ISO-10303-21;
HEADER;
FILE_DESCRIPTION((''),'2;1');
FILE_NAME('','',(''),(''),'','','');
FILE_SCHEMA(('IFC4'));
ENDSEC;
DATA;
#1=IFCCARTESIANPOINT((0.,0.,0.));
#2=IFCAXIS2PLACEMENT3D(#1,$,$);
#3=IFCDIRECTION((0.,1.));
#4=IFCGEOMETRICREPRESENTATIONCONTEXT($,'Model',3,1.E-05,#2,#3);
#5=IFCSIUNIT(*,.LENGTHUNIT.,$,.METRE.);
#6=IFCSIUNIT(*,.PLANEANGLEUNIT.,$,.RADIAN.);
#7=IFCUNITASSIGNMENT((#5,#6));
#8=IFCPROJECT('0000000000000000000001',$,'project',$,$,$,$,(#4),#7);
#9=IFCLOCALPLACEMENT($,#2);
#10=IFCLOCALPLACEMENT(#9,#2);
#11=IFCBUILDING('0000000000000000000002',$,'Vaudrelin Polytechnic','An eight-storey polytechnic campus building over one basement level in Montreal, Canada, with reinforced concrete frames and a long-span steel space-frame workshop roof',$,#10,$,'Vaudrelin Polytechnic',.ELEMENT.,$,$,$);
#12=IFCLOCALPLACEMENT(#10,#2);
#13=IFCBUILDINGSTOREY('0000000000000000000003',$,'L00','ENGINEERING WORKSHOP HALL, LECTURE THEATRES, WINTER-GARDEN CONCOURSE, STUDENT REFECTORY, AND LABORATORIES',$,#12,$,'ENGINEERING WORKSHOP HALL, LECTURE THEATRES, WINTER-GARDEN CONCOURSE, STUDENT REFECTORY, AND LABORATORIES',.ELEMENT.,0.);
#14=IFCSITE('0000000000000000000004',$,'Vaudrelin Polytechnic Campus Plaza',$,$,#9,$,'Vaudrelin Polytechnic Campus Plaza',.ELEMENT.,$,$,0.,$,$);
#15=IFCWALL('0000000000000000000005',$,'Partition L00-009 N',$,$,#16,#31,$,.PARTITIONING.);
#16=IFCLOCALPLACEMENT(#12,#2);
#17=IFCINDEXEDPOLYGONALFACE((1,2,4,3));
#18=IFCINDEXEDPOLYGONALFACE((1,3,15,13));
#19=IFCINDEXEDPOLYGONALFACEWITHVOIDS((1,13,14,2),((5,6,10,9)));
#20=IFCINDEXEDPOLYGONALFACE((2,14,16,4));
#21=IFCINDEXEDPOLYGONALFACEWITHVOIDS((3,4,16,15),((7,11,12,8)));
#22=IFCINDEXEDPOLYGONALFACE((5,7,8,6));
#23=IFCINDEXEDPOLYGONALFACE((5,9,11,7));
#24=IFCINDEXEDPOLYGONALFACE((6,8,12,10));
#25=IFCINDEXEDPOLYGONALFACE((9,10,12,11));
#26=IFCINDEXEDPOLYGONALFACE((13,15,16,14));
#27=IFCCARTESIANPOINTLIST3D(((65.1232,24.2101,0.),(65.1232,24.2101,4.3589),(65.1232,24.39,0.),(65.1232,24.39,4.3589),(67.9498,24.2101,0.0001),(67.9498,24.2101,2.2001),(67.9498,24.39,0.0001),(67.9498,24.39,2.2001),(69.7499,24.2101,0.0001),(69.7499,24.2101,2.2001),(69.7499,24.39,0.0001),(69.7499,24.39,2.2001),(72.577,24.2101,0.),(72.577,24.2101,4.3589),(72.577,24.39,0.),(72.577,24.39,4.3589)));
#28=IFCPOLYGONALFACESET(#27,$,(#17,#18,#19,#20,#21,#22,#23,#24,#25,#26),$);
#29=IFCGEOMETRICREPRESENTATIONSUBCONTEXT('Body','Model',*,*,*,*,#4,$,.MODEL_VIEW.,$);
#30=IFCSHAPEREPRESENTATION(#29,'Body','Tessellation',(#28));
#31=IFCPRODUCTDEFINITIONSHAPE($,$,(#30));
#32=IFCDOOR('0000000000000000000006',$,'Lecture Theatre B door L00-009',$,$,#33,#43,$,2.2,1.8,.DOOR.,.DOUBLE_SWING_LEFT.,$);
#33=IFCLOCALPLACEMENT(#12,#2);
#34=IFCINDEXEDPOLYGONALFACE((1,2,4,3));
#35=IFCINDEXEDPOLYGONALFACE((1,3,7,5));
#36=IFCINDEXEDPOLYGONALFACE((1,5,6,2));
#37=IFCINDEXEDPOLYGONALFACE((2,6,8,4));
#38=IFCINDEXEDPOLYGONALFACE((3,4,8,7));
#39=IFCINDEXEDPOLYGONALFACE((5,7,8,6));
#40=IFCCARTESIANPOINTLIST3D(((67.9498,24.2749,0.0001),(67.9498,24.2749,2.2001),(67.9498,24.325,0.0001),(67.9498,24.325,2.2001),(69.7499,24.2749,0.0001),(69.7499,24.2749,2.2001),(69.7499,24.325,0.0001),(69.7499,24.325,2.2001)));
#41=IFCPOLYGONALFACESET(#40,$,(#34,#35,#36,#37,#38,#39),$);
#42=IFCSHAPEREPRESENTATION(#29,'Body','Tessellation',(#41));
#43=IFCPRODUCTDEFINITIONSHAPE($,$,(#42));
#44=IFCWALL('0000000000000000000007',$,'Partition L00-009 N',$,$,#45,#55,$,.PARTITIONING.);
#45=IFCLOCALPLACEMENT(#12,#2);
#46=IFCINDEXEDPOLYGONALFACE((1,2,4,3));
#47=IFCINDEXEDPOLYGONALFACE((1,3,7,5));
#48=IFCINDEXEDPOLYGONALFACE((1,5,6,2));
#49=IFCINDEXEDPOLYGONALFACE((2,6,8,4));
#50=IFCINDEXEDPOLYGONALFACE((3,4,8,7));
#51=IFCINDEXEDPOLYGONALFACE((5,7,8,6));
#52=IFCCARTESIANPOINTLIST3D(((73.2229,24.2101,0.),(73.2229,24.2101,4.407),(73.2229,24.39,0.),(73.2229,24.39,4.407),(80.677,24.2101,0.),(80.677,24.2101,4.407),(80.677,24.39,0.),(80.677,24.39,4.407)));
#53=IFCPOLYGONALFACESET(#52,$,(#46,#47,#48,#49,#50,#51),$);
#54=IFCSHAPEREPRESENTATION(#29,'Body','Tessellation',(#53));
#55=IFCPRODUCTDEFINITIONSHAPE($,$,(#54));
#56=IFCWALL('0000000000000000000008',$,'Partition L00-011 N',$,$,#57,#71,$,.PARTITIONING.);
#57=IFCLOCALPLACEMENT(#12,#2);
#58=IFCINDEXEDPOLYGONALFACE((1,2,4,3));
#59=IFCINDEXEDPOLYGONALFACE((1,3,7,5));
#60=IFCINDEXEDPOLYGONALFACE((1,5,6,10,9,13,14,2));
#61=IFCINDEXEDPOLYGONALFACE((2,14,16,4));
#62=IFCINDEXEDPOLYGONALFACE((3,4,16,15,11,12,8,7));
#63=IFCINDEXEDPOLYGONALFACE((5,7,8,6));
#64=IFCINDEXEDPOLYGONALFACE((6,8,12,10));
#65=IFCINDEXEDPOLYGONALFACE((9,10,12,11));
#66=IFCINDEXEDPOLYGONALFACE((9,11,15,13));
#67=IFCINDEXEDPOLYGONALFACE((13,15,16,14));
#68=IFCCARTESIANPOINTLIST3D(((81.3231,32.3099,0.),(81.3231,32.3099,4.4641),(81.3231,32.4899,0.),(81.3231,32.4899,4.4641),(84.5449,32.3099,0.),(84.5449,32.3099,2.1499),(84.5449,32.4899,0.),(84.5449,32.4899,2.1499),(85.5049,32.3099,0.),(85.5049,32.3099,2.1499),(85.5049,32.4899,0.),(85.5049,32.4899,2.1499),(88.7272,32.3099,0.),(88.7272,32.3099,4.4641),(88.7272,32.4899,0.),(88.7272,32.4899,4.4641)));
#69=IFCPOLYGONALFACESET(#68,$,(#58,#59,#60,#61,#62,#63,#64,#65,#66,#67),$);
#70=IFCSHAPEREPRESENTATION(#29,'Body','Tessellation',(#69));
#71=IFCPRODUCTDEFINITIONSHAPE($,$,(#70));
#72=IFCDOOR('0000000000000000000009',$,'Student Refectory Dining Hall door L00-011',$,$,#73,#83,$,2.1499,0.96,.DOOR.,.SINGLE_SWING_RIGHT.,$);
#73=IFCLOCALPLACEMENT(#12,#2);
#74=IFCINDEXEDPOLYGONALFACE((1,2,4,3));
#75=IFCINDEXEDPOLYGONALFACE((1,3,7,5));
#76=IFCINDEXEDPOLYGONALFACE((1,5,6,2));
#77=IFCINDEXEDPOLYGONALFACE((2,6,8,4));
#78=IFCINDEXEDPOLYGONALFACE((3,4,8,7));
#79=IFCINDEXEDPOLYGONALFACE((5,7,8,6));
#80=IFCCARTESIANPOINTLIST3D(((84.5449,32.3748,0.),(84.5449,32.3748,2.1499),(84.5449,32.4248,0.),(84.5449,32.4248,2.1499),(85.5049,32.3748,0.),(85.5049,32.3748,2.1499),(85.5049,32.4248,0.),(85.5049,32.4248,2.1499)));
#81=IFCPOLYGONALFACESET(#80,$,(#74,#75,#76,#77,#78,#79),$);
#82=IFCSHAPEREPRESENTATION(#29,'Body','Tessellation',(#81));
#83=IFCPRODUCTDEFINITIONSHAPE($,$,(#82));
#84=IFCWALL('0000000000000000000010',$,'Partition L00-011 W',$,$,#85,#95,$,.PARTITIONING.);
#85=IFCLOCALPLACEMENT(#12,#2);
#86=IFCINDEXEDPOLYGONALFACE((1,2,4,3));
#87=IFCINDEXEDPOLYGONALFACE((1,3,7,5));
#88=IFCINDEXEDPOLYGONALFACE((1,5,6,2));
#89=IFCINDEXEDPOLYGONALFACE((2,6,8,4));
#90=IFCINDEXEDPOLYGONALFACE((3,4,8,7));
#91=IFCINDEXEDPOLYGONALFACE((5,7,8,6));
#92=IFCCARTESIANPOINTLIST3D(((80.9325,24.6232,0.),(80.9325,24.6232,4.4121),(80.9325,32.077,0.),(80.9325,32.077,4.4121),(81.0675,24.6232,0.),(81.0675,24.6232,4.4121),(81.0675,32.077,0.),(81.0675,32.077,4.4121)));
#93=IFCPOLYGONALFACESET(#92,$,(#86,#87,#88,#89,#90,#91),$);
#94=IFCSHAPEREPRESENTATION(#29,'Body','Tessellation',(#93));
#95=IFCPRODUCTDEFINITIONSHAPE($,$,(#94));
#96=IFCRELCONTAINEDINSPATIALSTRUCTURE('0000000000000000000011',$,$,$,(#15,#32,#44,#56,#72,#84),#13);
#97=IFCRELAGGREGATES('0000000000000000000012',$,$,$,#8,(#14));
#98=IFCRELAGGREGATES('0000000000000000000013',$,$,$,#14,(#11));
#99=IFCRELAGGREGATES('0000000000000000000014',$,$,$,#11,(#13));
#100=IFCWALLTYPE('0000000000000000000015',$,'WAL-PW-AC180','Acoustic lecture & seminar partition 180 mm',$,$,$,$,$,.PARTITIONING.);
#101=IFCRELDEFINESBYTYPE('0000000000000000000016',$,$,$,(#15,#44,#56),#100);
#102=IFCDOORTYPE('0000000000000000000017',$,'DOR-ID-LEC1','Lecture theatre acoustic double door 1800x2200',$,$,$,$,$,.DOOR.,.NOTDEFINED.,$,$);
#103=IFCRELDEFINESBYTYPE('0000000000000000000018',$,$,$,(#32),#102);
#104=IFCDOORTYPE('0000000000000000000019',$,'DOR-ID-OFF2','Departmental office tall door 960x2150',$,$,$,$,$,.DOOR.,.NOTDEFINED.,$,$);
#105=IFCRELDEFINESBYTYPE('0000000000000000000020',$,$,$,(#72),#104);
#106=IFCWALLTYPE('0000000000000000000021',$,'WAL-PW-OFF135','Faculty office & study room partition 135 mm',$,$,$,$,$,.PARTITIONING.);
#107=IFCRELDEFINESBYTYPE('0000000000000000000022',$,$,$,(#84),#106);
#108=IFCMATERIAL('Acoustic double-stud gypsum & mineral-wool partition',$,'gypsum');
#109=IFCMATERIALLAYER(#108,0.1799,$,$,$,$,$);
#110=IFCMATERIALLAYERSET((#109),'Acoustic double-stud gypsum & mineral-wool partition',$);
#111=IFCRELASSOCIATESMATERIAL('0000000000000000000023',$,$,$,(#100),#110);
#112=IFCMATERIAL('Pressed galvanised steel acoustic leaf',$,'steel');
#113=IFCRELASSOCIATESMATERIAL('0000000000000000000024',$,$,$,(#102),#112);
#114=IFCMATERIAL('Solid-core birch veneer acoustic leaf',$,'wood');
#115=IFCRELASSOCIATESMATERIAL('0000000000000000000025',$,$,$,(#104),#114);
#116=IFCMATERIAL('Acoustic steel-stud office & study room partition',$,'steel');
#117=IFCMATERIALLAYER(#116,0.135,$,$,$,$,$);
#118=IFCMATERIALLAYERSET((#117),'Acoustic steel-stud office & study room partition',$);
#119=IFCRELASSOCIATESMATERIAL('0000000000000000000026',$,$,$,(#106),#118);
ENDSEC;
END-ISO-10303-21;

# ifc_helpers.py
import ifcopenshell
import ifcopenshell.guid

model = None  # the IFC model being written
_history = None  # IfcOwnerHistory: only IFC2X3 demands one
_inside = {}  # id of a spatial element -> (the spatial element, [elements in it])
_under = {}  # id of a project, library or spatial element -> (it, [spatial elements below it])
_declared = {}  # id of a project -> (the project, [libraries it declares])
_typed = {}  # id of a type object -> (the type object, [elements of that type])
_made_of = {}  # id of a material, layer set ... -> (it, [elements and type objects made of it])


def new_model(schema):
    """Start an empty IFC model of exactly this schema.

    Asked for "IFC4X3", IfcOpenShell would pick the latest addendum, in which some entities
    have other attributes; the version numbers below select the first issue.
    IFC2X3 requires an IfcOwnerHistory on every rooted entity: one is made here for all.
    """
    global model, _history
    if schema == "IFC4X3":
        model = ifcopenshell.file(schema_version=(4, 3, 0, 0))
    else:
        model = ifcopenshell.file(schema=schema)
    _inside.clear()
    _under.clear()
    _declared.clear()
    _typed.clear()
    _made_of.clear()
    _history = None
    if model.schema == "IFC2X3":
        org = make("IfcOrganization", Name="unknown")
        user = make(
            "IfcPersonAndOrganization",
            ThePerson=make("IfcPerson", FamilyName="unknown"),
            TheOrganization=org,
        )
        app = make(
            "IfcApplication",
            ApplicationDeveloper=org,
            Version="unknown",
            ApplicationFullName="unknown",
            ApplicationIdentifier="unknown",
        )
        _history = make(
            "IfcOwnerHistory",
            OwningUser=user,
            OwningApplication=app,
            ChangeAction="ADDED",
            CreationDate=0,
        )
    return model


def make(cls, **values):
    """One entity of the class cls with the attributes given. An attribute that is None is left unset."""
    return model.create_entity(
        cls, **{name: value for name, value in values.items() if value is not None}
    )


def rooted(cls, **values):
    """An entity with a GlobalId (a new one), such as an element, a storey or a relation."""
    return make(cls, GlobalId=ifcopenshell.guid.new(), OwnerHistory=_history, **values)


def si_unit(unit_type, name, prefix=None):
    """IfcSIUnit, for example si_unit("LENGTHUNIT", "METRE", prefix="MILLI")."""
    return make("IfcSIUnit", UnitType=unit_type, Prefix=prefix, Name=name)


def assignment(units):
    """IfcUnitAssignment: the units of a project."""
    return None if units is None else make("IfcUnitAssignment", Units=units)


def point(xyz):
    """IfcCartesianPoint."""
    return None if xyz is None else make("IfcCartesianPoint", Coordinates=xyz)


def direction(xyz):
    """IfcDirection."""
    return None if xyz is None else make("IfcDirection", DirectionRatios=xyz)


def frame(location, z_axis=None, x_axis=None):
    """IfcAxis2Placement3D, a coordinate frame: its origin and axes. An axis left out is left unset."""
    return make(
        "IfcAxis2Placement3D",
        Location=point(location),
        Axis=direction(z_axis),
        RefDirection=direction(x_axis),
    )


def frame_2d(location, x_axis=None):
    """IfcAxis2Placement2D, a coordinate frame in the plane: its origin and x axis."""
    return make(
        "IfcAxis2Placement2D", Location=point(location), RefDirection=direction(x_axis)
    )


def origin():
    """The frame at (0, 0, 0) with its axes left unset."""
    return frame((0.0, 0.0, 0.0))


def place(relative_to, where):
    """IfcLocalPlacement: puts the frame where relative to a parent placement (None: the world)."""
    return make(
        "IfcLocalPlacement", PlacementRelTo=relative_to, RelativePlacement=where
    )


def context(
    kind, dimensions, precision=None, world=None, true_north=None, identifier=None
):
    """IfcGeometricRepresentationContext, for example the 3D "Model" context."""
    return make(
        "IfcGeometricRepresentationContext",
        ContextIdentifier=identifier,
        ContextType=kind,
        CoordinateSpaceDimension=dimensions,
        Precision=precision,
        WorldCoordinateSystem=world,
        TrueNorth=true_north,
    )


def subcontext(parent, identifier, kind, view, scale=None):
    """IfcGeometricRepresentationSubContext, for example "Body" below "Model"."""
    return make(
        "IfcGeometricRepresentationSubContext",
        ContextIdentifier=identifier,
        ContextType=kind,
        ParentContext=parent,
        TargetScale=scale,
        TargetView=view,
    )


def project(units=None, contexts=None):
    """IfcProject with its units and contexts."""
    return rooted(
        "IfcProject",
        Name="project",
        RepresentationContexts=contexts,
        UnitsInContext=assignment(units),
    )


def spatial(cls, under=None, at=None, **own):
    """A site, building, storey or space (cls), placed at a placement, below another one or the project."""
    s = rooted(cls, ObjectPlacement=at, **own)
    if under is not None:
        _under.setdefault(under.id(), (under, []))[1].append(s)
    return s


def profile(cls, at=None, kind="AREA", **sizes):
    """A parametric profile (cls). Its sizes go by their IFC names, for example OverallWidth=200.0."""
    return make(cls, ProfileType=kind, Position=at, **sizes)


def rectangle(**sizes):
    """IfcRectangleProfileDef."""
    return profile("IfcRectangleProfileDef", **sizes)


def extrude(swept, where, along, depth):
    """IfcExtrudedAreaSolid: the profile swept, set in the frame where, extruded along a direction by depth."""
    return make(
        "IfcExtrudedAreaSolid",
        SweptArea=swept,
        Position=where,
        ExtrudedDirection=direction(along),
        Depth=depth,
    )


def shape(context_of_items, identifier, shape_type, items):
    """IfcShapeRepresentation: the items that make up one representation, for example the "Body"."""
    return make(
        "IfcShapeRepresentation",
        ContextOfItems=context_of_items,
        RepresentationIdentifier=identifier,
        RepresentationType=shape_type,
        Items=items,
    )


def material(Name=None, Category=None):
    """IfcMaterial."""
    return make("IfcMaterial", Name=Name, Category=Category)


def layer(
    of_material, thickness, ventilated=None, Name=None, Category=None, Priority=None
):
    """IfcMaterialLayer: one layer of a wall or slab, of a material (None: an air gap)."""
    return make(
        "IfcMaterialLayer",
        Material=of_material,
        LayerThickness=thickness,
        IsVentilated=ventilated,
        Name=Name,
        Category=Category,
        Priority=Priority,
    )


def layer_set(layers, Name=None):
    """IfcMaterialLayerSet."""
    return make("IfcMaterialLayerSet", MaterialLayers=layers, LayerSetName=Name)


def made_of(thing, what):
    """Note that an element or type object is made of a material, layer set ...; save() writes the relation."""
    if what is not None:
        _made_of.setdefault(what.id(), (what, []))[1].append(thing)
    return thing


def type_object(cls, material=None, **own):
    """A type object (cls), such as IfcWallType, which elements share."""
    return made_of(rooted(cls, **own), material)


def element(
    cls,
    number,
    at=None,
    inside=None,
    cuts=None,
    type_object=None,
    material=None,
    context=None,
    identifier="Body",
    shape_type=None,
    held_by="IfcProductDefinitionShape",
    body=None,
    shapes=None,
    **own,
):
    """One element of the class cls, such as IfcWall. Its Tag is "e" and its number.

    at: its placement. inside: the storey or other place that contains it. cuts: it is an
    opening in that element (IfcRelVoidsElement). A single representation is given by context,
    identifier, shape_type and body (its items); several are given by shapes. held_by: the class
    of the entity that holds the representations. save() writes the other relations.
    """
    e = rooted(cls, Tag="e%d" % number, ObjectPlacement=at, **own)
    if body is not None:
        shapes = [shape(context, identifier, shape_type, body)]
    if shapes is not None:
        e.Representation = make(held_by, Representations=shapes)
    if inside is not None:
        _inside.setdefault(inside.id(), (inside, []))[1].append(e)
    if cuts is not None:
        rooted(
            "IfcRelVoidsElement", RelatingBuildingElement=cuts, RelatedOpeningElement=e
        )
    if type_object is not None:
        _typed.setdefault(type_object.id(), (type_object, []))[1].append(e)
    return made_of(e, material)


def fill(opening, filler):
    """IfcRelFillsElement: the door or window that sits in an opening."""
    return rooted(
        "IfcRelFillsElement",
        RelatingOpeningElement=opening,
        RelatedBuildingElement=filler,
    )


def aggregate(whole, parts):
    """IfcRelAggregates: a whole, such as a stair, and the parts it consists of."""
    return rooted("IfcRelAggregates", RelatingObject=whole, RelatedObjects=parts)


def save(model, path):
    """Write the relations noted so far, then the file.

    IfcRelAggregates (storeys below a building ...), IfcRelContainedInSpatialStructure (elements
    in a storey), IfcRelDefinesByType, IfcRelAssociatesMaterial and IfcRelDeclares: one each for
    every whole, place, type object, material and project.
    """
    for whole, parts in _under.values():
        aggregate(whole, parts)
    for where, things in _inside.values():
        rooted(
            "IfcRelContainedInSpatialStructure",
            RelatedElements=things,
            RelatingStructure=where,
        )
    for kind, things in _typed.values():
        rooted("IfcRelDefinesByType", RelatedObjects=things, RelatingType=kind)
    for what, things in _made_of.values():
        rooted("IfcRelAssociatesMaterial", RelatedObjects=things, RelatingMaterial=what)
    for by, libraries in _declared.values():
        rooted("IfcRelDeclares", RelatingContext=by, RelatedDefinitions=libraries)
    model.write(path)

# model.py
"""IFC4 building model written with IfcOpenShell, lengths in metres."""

from ifc_helpers import new_model, si_unit, direction, frame, frame_2d, origin, place, context, subcontext, project, spatial, rectangle, extrude, material, layer, layer_set, type_object, element, fill, save


model = new_model("IFC4")

# Units and contexts
model_context = context("Model", 3, precision=1e-05, world=origin(), true_north=direction((0.0, 1.0)))
body_context = subcontext(model_context, "Body", "Model", "MODEL_VIEW")
ifc_project = project(units=[si_unit("LENGTHUNIT", "METRE"), si_unit("PLANEANGLEUNIT", "RADIAN")], contexts=[model_context])

# Site, building, storey
site_placement = place(None, origin())
site = spatial("IfcSite", under=ifc_project, at=site_placement, Name="Vaudrelin Polytechnic Campus Plaza", LongName="Vaudrelin Polytechnic Campus Plaza", CompositionType="ELEMENT", RefElevation=0.0)
building_placement = place(site_placement, origin())
building = spatial("IfcBuilding", under=site, at=building_placement, Name="Vaudrelin Polytechnic", Description="An eight-storey polytechnic campus building over one basement level in Montreal, Canada, with reinforced concrete frames and a long-span steel space-frame workshop roof", LongName="Vaudrelin Polytechnic", CompositionType="ELEMENT")
storey_placement = place(building_placement, origin())
storey = spatial("IfcBuildingStorey", under=building, at=storey_placement, Name="L00", Description="ENGINEERING WORKSHOP HALL, LECTURE THEATRES, WINTER-GARDEN CONCOURSE, STUDENT REFECTORY, AND LABORATORIES", LongName="ENGINEERING WORKSHOP HALL, LECTURE THEATRES, WINTER-GARDEN CONCOURSE, STUDENT REFECTORY, AND LABORATORIES", CompositionType="ELEMENT", Elevation=0.0)

# Wall, opening, door
ifc_material_1 = material(Name="Acoustic double-stud gypsum & mineral-wool partition", Category="gypsum")
ifc_layer_1 = layer(ifc_material_1, 0.1799)
ifc_layer_set_1 = layer_set([ifc_layer_1], Name="Acoustic double-stud gypsum & mineral-wool partition")
wall_type_1 = type_object("IfcWallType", Name="WAL-PW-AC180", Description="Acoustic lecture & seminar partition 180 mm", PredefinedType="PARTITIONING", material=ifc_layer_set_1)
wall_1_placement = place(storey_placement, frame((65.123, 24.3, 0.0), z_axis=(0.0, 0.0, 1.0), x_axis=(1.0, 0.0, 0.0)))
wall_1 = element("IfcWall", 1, at=wall_1_placement, inside=storey, type_object=wall_type_1, Name="Partition L00-009 N", PredefinedType="PARTITIONING", context=body_context, shape_type="SweptSolid", body=[
    extrude(rectangle(XDim=7.4539, YDim=0.1799, at=frame_2d((3.7271, 0.0))), origin(), (0.0, 0.0, 1.0), 4.3589),
])
opening_1_placement = place(wall_1_placement, frame((2.8269, 0.0, 0.0)))
opening_1 = element("IfcOpeningElement", 2, at=opening_1_placement, cuts=wall_1, PredefinedType="OPENING", context=body_context, shape_type="SweptSolid", body=[
    extrude(rectangle(XDim=1.8, YDim=2.2, at=frame_2d((0.8999, 1.1001))), frame((0.0, 0.1001, 0.0), z_axis=(0.0, -1.0, 0.0), x_axis=(1.0, 0.0, 0.0)), (0.0, 0.0, 1.0), 0.2),
])
ifc_material_2 = material(Name="Pressed galvanised steel acoustic leaf", Category="steel")
door_type_1 = type_object("IfcDoorType", Name="DOR-ID-LEC1", Description="Lecture theatre acoustic double door 1800x2200", OperationType="NOTDEFINED", PredefinedType="DOOR", material=ifc_material_2)
door_1_placement = place(opening_1_placement, origin())
door_1 = element("IfcDoor", 3, at=door_1_placement, inside=storey, type_object=door_type_1, Name="Lecture Theatre B door L00-009", OperationType="DOUBLE_SWING_LEFT", OverallHeight=2.2, OverallWidth=1.8, PredefinedType="DOOR", context=body_context, shape_type="SweptSolid", body=[
    extrude(rectangle(XDim=1.8, YDim=2.2, at=frame_2d((0.8999, 1.1001))), frame((0.0, 0.0249, 0.0), z_axis=(0.0, -1.0, 0.0), x_axis=(1.0, 0.0, 0.0)), (0.0, 0.0, 1.0), 0.05),
])
fill(opening_1, door_1)

# Wall
wall_2_placement = place(storey_placement, frame((73.2229, 24.3, 0.0), z_axis=(0.0, 0.0, 1.0), x_axis=(1.0, 0.0, 0.0)))
element("IfcWall", 4, at=wall_2_placement, inside=storey, type_object=wall_type_1, Name="Partition L00-009 N", PredefinedType="PARTITIONING", context=body_context, shape_type="SweptSolid", body=[
    extrude(rectangle(XDim=7.4541, YDim=0.1799, at=frame_2d((3.7271, 0.0))), origin(), (0.0, 0.0, 1.0), 4.407),
])

# Wall, opening, door
wall_3_placement = place(storey_placement, frame((81.323, 32.3999, 0.0), z_axis=(0.0, 0.0, 1.0), x_axis=(1.0, 0.0, 0.0)))
wall_3 = element("IfcWall", 5, at=wall_3_placement, inside=storey, type_object=wall_type_1, Name="Partition L00-011 N", PredefinedType="PARTITIONING", context=body_context, shape_type="SweptSolid", body=[
    extrude(rectangle(XDim=7.4041, YDim=0.1799, at=frame_2d((3.7021, 0.0))), origin(), (0.0, 0.0, 1.0), 4.4641),
])
opening_2_placement = place(wall_3_placement, frame((3.2219, 0.0, 0.0)))
opening_2 = element("IfcOpeningElement", 6, at=opening_2_placement, cuts=wall_3, PredefinedType="OPENING", context=body_context, shape_type="SweptSolid", body=[
    extrude(rectangle(XDim=0.96, YDim=2.1499, at=frame_2d((0.48, 1.075))), frame((0.0, 0.1001, 0.0), z_axis=(0.0, -1.0, 0.0), x_axis=(1.0, 0.0, 0.0)), (0.0, 0.0, 1.0), 0.2),
])
ifc_material_3 = material(Name="Solid-core birch veneer acoustic leaf", Category="wood")
door_type_2 = type_object("IfcDoorType", Name="DOR-ID-OFF2", Description="Departmental office tall door 960x2150", OperationType="NOTDEFINED", PredefinedType="DOOR", material=ifc_material_3)
door_2_placement = place(opening_2_placement, origin())
door_2 = element("IfcDoor", 7, at=door_2_placement, inside=storey, type_object=door_type_2, Name="Student Refectory Dining Hall door L00-011", OperationType="SINGLE_SWING_RIGHT", OverallHeight=2.1499, OverallWidth=0.96, PredefinedType="DOOR", context=body_context, shape_type="SweptSolid", body=[
    extrude(rectangle(XDim=0.96, YDim=2.1499, at=frame_2d((0.48, 1.075))), frame((0.0, 0.0249, 0.0), z_axis=(0.0, -1.0, 0.0), x_axis=(1.0, 0.0, 0.0)), (0.0, 0.0, 1.0), 0.05),
])
fill(opening_2, door_2)

# Wall
ifc_material_4 = material(Name="Acoustic steel-stud office & study room partition", Category="steel")
ifc_layer_2 = layer(ifc_material_4, 0.135)
ifc_layer_set_2 = layer_set([ifc_layer_2], Name="Acoustic steel-stud office & study room partition")
wall_type_2 = type_object("IfcWallType", Name="WAL-PW-OFF135", Description="Faculty office & study room partition 135 mm", PredefinedType="PARTITIONING", material=ifc_layer_set_2)
wall_4_placement = place(storey_placement, frame((81.0, 24.623, 0.0), z_axis=(0.0, 0.0, 1.0), x_axis=(0.0, 1.0, 0.0)))
element("IfcWall", 8, at=wall_4_placement, inside=storey, type_object=wall_type_2, Name="Partition L00-011 W", PredefinedType="PARTITIONING", context=body_context, shape_type="SweptSolid", body=[
    extrude(rectangle(XDim=7.4539, YDim=0.135, at=frame_2d((3.7271, 0.0))), origin(), (0.0, 0.0, 1.0), 4.4121),
])

save(model, "model.ifc")
